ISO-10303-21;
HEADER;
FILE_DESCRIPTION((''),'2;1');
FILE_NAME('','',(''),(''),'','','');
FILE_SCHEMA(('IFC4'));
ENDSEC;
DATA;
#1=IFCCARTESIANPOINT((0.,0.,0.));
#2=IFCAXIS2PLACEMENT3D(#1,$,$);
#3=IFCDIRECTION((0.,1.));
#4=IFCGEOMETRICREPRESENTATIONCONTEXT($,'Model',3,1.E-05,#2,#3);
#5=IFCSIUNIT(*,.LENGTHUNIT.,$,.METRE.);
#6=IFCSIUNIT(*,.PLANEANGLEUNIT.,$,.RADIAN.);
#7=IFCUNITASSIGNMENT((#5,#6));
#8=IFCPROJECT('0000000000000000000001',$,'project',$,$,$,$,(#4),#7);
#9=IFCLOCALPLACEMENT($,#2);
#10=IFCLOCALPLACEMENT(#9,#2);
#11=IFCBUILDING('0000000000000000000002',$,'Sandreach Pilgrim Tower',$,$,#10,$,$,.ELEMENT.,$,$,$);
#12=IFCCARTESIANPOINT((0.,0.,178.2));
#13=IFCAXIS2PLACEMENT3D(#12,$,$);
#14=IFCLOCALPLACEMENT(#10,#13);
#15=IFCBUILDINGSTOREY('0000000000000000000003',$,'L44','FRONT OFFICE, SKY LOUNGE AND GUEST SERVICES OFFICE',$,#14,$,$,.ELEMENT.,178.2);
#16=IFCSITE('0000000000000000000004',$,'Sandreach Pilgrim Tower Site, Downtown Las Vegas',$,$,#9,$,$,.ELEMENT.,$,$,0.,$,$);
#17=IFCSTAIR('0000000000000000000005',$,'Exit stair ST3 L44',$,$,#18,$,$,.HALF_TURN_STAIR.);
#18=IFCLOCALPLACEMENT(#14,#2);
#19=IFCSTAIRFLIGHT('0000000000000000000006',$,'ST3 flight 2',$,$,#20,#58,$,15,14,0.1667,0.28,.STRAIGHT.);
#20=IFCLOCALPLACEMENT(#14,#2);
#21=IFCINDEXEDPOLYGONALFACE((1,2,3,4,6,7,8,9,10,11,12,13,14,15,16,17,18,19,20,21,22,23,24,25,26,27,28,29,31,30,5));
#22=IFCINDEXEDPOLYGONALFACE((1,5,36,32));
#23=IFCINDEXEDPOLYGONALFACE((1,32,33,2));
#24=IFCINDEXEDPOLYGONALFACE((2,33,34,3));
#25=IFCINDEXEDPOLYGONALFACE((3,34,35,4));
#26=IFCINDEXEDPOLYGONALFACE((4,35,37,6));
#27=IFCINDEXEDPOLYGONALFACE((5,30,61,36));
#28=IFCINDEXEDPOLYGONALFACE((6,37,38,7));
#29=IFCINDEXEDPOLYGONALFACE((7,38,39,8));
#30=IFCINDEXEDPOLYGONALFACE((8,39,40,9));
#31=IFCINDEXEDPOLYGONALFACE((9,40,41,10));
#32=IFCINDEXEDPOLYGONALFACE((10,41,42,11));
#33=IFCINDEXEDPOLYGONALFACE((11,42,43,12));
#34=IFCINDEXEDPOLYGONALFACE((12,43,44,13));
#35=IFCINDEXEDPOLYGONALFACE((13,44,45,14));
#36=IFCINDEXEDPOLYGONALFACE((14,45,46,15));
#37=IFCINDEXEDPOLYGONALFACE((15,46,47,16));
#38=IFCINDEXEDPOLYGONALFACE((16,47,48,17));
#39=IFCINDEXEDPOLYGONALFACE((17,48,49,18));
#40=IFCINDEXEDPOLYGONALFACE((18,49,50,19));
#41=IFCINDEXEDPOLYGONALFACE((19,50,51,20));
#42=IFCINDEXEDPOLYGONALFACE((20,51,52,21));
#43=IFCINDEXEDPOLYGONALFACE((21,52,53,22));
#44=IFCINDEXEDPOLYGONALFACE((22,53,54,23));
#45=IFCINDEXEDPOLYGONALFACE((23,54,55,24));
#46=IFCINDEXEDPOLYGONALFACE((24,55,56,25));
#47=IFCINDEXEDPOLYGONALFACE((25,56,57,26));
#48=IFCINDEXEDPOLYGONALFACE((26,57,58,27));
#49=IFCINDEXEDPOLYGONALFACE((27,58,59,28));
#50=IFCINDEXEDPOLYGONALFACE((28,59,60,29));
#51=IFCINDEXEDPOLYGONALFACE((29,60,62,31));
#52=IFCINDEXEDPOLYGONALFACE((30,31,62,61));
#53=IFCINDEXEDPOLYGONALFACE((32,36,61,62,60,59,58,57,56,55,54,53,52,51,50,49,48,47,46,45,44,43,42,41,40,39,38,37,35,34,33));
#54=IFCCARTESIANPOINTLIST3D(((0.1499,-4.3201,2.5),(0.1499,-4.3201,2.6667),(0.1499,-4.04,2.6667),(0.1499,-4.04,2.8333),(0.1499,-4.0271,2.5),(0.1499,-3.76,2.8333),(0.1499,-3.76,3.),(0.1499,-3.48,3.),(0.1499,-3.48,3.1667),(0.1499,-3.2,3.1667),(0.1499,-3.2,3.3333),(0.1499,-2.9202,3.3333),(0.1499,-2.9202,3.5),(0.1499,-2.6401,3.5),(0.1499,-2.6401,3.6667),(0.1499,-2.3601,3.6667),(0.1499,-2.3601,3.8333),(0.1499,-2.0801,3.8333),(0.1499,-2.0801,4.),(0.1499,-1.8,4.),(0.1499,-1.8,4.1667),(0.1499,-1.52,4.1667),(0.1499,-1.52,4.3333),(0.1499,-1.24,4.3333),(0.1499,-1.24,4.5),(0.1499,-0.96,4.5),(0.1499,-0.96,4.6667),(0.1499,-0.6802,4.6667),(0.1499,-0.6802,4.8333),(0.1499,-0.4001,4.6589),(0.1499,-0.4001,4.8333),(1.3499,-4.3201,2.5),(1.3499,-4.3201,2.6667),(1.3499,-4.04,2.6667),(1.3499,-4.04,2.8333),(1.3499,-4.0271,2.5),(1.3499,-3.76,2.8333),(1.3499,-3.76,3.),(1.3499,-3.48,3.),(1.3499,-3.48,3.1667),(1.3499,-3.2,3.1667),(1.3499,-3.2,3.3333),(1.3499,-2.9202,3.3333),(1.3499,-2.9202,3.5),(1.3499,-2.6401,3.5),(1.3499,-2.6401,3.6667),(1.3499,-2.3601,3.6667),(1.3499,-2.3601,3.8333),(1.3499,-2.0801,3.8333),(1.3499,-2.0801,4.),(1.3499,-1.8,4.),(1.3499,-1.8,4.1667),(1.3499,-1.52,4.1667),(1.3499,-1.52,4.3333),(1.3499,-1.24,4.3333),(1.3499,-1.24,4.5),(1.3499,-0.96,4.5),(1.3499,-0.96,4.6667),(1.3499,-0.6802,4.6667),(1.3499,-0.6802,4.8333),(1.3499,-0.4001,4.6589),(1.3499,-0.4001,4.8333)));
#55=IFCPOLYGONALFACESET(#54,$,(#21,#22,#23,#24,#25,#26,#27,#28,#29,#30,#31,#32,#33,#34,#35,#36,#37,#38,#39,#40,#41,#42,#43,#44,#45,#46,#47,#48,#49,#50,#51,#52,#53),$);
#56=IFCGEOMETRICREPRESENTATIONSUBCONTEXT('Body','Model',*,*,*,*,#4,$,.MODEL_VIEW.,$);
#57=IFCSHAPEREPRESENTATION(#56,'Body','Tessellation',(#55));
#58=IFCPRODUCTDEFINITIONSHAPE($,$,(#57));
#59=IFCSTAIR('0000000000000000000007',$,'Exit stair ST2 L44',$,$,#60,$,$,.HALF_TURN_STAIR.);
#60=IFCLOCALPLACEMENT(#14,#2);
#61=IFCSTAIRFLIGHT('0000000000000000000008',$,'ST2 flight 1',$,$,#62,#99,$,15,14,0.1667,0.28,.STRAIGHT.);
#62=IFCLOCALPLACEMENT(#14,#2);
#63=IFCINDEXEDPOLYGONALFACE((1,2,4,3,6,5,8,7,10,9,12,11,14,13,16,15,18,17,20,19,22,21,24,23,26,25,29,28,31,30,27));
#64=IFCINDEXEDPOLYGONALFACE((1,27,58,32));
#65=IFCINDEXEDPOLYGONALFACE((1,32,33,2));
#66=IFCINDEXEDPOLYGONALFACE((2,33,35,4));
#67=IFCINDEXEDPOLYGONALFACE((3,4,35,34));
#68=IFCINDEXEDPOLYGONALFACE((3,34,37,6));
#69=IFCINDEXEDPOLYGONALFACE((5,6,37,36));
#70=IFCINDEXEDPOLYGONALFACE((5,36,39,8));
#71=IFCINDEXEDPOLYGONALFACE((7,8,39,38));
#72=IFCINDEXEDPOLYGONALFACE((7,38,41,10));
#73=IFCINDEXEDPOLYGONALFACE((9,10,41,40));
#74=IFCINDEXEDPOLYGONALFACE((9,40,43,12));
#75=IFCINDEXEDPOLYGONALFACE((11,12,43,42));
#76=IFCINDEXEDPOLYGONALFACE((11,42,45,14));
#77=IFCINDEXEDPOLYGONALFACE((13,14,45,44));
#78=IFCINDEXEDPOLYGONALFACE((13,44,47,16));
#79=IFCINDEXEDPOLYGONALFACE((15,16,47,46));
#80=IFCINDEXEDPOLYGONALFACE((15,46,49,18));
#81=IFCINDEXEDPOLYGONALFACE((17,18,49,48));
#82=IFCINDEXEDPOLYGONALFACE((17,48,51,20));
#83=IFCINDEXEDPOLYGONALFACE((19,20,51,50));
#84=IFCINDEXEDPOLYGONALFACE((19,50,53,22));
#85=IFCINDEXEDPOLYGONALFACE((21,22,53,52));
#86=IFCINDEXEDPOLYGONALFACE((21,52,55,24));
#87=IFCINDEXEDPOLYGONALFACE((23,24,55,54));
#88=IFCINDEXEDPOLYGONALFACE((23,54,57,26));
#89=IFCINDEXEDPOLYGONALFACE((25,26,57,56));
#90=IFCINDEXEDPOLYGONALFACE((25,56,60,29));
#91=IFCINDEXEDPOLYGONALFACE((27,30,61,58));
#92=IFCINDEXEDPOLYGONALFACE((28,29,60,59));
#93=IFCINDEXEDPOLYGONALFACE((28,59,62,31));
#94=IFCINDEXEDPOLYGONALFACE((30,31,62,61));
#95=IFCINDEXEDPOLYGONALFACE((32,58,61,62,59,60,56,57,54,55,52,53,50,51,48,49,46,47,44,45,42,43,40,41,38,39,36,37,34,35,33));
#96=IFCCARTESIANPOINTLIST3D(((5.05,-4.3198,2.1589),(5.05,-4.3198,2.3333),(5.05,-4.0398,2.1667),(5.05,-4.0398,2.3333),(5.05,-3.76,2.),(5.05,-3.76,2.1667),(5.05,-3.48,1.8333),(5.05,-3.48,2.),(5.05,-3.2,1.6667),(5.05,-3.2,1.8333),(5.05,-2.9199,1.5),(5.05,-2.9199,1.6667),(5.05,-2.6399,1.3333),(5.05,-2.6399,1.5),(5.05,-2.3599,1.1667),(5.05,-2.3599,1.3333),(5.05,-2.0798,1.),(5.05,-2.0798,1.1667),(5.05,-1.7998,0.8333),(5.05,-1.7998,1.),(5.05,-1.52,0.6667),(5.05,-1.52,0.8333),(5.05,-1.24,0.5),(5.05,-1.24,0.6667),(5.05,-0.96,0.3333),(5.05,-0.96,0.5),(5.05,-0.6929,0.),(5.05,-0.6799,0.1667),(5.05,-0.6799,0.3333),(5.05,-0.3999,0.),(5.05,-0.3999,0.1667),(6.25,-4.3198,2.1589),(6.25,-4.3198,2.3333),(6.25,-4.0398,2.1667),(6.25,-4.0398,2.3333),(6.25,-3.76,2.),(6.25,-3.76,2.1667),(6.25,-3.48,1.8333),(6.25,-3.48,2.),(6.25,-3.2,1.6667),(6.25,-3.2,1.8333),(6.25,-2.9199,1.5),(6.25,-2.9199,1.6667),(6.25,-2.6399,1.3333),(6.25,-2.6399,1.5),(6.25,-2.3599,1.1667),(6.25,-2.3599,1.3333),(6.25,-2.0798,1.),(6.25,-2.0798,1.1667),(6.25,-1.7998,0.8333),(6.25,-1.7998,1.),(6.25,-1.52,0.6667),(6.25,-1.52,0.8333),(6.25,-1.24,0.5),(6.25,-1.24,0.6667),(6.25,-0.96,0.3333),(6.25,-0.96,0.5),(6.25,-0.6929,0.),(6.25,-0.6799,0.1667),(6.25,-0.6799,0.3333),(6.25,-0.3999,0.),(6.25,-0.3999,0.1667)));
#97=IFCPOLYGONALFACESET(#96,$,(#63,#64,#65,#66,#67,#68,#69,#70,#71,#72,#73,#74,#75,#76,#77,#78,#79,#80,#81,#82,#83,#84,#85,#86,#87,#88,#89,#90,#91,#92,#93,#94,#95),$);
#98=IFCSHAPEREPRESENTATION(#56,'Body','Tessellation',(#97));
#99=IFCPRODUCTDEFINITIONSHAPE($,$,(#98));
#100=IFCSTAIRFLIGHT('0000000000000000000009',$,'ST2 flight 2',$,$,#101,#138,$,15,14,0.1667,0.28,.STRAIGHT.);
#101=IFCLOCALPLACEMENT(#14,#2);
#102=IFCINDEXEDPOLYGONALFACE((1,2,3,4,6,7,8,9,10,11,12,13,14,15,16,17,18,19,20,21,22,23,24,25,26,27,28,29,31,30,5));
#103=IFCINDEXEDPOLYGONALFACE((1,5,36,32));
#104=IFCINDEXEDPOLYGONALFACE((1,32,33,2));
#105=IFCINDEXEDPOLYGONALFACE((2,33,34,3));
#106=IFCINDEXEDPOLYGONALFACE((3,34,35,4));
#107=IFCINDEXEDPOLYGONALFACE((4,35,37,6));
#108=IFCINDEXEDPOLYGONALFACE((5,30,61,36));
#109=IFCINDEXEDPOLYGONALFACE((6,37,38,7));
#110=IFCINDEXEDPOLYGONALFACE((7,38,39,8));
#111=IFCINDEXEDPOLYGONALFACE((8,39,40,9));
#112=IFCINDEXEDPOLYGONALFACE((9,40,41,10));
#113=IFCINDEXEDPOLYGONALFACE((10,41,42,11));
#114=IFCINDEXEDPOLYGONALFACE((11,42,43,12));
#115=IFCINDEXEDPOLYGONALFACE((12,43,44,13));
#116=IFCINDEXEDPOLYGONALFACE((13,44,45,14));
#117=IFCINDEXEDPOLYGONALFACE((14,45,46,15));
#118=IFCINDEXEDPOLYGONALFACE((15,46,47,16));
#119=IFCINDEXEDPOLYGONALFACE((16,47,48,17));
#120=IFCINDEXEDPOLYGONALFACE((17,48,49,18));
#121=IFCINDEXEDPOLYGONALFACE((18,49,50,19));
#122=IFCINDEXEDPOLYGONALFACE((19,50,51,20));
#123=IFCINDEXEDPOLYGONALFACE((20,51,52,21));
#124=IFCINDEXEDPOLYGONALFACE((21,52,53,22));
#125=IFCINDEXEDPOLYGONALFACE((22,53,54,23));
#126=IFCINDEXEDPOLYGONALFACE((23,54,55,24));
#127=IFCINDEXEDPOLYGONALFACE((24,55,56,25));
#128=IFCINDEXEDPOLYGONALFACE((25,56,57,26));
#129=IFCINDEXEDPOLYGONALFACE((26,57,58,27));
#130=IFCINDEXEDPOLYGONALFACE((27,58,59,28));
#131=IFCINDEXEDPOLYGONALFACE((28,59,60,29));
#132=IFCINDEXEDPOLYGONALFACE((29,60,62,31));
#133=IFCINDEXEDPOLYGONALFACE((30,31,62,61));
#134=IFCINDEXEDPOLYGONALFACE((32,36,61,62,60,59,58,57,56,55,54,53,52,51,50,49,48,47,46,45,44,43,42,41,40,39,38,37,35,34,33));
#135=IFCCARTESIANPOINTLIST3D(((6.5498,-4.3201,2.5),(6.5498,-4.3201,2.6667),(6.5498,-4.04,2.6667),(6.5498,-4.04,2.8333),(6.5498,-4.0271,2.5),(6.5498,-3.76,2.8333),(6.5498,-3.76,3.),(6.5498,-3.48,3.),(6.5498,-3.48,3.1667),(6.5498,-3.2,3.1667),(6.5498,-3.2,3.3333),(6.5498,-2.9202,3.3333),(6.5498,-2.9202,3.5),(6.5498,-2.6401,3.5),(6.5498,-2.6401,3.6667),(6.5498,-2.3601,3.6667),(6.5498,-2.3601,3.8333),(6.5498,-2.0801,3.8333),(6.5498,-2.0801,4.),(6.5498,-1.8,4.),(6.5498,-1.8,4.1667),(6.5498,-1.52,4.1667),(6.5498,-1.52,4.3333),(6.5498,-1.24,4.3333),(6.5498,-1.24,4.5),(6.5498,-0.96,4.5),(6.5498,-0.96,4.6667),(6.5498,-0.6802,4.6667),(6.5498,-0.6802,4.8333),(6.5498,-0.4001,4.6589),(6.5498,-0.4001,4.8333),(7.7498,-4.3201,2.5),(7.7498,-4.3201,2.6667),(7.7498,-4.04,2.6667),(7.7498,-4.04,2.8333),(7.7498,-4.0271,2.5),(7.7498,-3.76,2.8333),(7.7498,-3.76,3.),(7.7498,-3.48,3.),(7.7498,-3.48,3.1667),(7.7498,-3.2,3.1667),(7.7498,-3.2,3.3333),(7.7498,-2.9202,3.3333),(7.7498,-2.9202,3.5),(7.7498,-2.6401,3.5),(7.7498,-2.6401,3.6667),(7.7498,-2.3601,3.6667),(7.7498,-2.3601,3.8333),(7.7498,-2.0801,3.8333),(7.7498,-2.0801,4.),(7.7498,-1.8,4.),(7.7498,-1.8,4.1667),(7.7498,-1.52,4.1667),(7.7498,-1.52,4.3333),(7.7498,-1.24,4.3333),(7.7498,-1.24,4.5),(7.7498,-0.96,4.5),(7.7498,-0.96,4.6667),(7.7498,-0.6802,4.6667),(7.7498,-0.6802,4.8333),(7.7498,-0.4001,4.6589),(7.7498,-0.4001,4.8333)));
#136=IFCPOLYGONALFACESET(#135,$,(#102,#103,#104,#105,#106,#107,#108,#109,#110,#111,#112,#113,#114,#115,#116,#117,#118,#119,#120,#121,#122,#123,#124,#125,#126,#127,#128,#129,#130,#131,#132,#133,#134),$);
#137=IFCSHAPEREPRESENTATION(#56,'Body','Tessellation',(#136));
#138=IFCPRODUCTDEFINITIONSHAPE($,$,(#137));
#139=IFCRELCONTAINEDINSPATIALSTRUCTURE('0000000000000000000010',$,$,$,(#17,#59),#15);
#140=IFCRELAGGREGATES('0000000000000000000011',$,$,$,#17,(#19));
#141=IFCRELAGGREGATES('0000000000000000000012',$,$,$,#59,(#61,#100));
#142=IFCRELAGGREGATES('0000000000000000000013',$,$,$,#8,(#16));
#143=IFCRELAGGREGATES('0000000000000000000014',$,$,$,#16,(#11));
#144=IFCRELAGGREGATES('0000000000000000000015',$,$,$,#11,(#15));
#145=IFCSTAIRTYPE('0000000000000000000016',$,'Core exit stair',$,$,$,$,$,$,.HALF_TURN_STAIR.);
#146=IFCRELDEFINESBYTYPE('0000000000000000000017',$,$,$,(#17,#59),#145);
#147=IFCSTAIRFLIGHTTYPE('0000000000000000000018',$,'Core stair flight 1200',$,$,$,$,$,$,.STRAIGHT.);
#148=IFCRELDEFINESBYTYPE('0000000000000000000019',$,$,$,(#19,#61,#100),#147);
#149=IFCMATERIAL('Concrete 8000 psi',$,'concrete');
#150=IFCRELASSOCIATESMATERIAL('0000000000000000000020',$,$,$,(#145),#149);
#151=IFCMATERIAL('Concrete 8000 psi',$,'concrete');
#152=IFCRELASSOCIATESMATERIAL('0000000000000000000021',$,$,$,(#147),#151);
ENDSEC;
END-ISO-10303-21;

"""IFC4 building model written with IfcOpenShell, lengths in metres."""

from ifc_helpers import new_model, si_unit, direction, frame, origin, place, context, subcontext, project, spatial, polyline, outline, extrude, material, type_object, element, aggregate, save


model = new_model("IFC4")

# Units and contexts
model_context = context("Model", 3, precision=1e-05, world=origin(), true_north=direction((0.0, 1.0)))
body_context = subcontext(model_context, "Body", "Model", "MODEL_VIEW")
ifc_project = project(units=[si_unit("LENGTHUNIT", "METRE"), si_unit("PLANEANGLEUNIT", "RADIAN")], contexts=[model_context])

# Site, building, storey
site_placement = place(None, origin())
site = spatial("IfcSite", under=ifc_project, at=site_placement, Name="Sandreach Pilgrim Tower Site, Downtown Las Vegas", CompositionType="ELEMENT", RefElevation=0.0)
building_placement = place(site_placement, origin())
building = spatial("IfcBuilding", under=site, at=building_placement, Name="Sandreach Pilgrim Tower", CompositionType="ELEMENT")
storey_placement = place(building_placement, frame((0.0, 0.0, 178.2)))
storey = spatial("IfcBuildingStorey", under=building, at=storey_placement, Name="L44", Description="FRONT OFFICE, SKY LOUNGE AND GUEST SERVICES OFFICE", CompositionType="ELEMENT", Elevation=178.2)

# Stair, stair flight
ifc_material_1 = material(Name="Concrete 8000 psi", Category="concrete")
stair_type = type_object("IfcStairType", Name="Core exit stair", PredefinedType="HALF_TURN_STAIR", material=ifc_material_1)
stair_1_placement = place(storey_placement, origin())
stair_1 = element("IfcStair", 1, at=stair_1_placement, inside=storey, type_object=stair_type, Name="Exit stair ST3 L44", PredefinedType="HALF_TURN_STAIR")
ifc_material_2 = material(Name="Concrete 8000 psi", Category="concrete")
stair_flight_type = type_object("IfcStairFlightType", Name="Core stair flight 1200", PredefinedType="STRAIGHT", material=ifc_material_2)
stair_flight_1_placement = place(storey_placement, frame((0.75, -4.3201, 2.5), z_axis=(0.0, 0.0, 1.0), x_axis=(0.0, 1.0, 0.0)))
stair_flight_1 = element("IfcStairFlight", 2, at=stair_flight_1_placement, type_object=stair_flight_type, Name="ST3 flight 2", NumberOfRisers=15, NumberOfTreads=14, PredefinedType="STRAIGHT", RiserHeight=0.1667, TreadLength=0.28, context=body_context, shape_type="SweptSolid", body=[
    extrude(outline(polyline([(0.0, 0.0), (0.0, 0.1667), (0.28, 0.1667), (0.28, 0.3333), (0.5601, 0.3333), (0.5601, 0.5), (0.8401, 0.5), (0.8401, 0.6667), (1.1201, 0.6667), (1.1201, 0.8333), (1.3999, 0.8333), (1.3999, 1.0), (1.6799, 1.0), (1.6799, 1.1667), (1.96, 1.1667), (1.96, 1.3333), (2.24, 1.3333), (2.24, 1.5), (2.52, 1.5), (2.52, 1.6667), (2.8, 1.6667), (2.8, 1.8333), (3.0801, 1.8333), (3.0801, 2.0), (3.3601, 2.0), (3.3601, 2.1667), (3.6399, 2.1667), (3.6399, 2.3333), (3.9199, 2.3333), (3.9199, 2.5), (3.9199, 2.1589), (0.293, 0.0), (0.0, 0.0)])), frame((0.0, 0.6001, 0.0), z_axis=(0.0, -1.0, 0.0), x_axis=(1.0, 0.0, 0.0)), (0.0, 0.0, 1.0), 1.2),
])
aggregate(stair_1, [stair_flight_1])

# Stair, stair flights
stair_2_placement = place(storey_placement, origin())
stair_2 = element("IfcStair", 3, at=stair_2_placement, inside=storey, type_object=stair_type, Name="Exit stair ST2 L44", PredefinedType="HALF_TURN_STAIR")
stair_flight_2_placement = place(storey_placement, frame((5.6499, -0.3999, 0.0), z_axis=(0.0, 0.0, 1.0), x_axis=(0.0, -1.0, 0.0)))
stair_flight_2 = element("IfcStairFlight", 4, at=stair_flight_2_placement, type_object=stair_flight_type, Name="ST2 flight 1", NumberOfRisers=15, NumberOfTreads=14, PredefinedType="STRAIGHT", RiserHeight=0.1667, TreadLength=0.28, context=body_context, shape_type="SweptSolid", body=[
    extrude(outline(polyline([(0.0, 0.0), (0.0, 0.1667), (0.28, 0.1667), (0.28, 0.3333), (0.5601, 0.3333), (0.5601, 0.5), (0.8401, 0.5), (0.8401, 0.6667), (1.1201, 0.6667), (1.1201, 0.8333), (1.3999, 0.8333), (1.3999, 1.0), (1.6799, 1.0), (1.6799, 1.1667), (1.96, 1.1667), (1.96, 1.3333), (2.24, 1.3333), (2.24, 1.5), (2.52, 1.5), (2.52, 1.6667), (2.8, 1.6667), (2.8, 1.8333), (3.0801, 1.8333), (3.0801, 2.0), (3.3601, 2.0), (3.3601, 2.1667), (3.6399, 2.1667), (3.6399, 2.3333), (3.9199, 2.3333), (3.9199, 2.5), (3.9199, 2.1589), (0.293, 0.0), (0.0, 0.0)])), frame((0.0, 0.6001, 0.0), z_axis=(0.0, -1.0, 0.0), x_axis=(1.0, 0.0, 0.0)), (0.0, 0.0, 1.0), 1.2),
])
stair_flight_3_placement = place(storey_placement, frame((7.1499, -4.3201, 2.5), z_axis=(0.0, 0.0, 1.0), x_axis=(0.0, 1.0, 0.0)))
stair_flight_3 = element("IfcStairFlight", 5, at=stair_flight_3_placement, type_object=stair_flight_type, Name="ST2 flight 2", NumberOfRisers=15, NumberOfTreads=14, PredefinedType="STRAIGHT", RiserHeight=0.1667, TreadLength=0.28, context=body_context, shape_type="SweptSolid", body=[
    extrude(outline(polyline([(0.0, 0.0), (0.0, 0.1667), (0.28, 0.1667), (0.28, 0.3333), (0.5601, 0.3333), (0.5601, 0.5), (0.8401, 0.5), (0.8401, 0.6667), (1.1201, 0.6667), (1.1201, 0.8333), (1.3999, 0.8333), (1.3999, 1.0), (1.6799, 1.0), (1.6799, 1.1667), (1.96, 1.1667), (1.96, 1.3333), (2.24, 1.3333), (2.24, 1.5), (2.52, 1.5), (2.52, 1.6667), (2.8, 1.6667), (2.8, 1.8333), (3.0801, 1.8333), (3.0801, 2.0), (3.3601, 2.0), (3.3601, 2.1667), (3.6399, 2.1667), (3.6399, 2.3333), (3.9199, 2.3333), (3.9199, 2.5), (3.9199, 2.1589), (0.293, 0.0), (0.0, 0.0)])), frame((0.0, 0.6001, 0.0), z_axis=(0.0, -1.0, 0.0), x_axis=(1.0, 0.0, 0.0)), (0.0, 0.0, 1.0), 1.2),
])
aggregate(stair_2, [stair_flight_2, stair_flight_3])

save(model, "model.ifc")
